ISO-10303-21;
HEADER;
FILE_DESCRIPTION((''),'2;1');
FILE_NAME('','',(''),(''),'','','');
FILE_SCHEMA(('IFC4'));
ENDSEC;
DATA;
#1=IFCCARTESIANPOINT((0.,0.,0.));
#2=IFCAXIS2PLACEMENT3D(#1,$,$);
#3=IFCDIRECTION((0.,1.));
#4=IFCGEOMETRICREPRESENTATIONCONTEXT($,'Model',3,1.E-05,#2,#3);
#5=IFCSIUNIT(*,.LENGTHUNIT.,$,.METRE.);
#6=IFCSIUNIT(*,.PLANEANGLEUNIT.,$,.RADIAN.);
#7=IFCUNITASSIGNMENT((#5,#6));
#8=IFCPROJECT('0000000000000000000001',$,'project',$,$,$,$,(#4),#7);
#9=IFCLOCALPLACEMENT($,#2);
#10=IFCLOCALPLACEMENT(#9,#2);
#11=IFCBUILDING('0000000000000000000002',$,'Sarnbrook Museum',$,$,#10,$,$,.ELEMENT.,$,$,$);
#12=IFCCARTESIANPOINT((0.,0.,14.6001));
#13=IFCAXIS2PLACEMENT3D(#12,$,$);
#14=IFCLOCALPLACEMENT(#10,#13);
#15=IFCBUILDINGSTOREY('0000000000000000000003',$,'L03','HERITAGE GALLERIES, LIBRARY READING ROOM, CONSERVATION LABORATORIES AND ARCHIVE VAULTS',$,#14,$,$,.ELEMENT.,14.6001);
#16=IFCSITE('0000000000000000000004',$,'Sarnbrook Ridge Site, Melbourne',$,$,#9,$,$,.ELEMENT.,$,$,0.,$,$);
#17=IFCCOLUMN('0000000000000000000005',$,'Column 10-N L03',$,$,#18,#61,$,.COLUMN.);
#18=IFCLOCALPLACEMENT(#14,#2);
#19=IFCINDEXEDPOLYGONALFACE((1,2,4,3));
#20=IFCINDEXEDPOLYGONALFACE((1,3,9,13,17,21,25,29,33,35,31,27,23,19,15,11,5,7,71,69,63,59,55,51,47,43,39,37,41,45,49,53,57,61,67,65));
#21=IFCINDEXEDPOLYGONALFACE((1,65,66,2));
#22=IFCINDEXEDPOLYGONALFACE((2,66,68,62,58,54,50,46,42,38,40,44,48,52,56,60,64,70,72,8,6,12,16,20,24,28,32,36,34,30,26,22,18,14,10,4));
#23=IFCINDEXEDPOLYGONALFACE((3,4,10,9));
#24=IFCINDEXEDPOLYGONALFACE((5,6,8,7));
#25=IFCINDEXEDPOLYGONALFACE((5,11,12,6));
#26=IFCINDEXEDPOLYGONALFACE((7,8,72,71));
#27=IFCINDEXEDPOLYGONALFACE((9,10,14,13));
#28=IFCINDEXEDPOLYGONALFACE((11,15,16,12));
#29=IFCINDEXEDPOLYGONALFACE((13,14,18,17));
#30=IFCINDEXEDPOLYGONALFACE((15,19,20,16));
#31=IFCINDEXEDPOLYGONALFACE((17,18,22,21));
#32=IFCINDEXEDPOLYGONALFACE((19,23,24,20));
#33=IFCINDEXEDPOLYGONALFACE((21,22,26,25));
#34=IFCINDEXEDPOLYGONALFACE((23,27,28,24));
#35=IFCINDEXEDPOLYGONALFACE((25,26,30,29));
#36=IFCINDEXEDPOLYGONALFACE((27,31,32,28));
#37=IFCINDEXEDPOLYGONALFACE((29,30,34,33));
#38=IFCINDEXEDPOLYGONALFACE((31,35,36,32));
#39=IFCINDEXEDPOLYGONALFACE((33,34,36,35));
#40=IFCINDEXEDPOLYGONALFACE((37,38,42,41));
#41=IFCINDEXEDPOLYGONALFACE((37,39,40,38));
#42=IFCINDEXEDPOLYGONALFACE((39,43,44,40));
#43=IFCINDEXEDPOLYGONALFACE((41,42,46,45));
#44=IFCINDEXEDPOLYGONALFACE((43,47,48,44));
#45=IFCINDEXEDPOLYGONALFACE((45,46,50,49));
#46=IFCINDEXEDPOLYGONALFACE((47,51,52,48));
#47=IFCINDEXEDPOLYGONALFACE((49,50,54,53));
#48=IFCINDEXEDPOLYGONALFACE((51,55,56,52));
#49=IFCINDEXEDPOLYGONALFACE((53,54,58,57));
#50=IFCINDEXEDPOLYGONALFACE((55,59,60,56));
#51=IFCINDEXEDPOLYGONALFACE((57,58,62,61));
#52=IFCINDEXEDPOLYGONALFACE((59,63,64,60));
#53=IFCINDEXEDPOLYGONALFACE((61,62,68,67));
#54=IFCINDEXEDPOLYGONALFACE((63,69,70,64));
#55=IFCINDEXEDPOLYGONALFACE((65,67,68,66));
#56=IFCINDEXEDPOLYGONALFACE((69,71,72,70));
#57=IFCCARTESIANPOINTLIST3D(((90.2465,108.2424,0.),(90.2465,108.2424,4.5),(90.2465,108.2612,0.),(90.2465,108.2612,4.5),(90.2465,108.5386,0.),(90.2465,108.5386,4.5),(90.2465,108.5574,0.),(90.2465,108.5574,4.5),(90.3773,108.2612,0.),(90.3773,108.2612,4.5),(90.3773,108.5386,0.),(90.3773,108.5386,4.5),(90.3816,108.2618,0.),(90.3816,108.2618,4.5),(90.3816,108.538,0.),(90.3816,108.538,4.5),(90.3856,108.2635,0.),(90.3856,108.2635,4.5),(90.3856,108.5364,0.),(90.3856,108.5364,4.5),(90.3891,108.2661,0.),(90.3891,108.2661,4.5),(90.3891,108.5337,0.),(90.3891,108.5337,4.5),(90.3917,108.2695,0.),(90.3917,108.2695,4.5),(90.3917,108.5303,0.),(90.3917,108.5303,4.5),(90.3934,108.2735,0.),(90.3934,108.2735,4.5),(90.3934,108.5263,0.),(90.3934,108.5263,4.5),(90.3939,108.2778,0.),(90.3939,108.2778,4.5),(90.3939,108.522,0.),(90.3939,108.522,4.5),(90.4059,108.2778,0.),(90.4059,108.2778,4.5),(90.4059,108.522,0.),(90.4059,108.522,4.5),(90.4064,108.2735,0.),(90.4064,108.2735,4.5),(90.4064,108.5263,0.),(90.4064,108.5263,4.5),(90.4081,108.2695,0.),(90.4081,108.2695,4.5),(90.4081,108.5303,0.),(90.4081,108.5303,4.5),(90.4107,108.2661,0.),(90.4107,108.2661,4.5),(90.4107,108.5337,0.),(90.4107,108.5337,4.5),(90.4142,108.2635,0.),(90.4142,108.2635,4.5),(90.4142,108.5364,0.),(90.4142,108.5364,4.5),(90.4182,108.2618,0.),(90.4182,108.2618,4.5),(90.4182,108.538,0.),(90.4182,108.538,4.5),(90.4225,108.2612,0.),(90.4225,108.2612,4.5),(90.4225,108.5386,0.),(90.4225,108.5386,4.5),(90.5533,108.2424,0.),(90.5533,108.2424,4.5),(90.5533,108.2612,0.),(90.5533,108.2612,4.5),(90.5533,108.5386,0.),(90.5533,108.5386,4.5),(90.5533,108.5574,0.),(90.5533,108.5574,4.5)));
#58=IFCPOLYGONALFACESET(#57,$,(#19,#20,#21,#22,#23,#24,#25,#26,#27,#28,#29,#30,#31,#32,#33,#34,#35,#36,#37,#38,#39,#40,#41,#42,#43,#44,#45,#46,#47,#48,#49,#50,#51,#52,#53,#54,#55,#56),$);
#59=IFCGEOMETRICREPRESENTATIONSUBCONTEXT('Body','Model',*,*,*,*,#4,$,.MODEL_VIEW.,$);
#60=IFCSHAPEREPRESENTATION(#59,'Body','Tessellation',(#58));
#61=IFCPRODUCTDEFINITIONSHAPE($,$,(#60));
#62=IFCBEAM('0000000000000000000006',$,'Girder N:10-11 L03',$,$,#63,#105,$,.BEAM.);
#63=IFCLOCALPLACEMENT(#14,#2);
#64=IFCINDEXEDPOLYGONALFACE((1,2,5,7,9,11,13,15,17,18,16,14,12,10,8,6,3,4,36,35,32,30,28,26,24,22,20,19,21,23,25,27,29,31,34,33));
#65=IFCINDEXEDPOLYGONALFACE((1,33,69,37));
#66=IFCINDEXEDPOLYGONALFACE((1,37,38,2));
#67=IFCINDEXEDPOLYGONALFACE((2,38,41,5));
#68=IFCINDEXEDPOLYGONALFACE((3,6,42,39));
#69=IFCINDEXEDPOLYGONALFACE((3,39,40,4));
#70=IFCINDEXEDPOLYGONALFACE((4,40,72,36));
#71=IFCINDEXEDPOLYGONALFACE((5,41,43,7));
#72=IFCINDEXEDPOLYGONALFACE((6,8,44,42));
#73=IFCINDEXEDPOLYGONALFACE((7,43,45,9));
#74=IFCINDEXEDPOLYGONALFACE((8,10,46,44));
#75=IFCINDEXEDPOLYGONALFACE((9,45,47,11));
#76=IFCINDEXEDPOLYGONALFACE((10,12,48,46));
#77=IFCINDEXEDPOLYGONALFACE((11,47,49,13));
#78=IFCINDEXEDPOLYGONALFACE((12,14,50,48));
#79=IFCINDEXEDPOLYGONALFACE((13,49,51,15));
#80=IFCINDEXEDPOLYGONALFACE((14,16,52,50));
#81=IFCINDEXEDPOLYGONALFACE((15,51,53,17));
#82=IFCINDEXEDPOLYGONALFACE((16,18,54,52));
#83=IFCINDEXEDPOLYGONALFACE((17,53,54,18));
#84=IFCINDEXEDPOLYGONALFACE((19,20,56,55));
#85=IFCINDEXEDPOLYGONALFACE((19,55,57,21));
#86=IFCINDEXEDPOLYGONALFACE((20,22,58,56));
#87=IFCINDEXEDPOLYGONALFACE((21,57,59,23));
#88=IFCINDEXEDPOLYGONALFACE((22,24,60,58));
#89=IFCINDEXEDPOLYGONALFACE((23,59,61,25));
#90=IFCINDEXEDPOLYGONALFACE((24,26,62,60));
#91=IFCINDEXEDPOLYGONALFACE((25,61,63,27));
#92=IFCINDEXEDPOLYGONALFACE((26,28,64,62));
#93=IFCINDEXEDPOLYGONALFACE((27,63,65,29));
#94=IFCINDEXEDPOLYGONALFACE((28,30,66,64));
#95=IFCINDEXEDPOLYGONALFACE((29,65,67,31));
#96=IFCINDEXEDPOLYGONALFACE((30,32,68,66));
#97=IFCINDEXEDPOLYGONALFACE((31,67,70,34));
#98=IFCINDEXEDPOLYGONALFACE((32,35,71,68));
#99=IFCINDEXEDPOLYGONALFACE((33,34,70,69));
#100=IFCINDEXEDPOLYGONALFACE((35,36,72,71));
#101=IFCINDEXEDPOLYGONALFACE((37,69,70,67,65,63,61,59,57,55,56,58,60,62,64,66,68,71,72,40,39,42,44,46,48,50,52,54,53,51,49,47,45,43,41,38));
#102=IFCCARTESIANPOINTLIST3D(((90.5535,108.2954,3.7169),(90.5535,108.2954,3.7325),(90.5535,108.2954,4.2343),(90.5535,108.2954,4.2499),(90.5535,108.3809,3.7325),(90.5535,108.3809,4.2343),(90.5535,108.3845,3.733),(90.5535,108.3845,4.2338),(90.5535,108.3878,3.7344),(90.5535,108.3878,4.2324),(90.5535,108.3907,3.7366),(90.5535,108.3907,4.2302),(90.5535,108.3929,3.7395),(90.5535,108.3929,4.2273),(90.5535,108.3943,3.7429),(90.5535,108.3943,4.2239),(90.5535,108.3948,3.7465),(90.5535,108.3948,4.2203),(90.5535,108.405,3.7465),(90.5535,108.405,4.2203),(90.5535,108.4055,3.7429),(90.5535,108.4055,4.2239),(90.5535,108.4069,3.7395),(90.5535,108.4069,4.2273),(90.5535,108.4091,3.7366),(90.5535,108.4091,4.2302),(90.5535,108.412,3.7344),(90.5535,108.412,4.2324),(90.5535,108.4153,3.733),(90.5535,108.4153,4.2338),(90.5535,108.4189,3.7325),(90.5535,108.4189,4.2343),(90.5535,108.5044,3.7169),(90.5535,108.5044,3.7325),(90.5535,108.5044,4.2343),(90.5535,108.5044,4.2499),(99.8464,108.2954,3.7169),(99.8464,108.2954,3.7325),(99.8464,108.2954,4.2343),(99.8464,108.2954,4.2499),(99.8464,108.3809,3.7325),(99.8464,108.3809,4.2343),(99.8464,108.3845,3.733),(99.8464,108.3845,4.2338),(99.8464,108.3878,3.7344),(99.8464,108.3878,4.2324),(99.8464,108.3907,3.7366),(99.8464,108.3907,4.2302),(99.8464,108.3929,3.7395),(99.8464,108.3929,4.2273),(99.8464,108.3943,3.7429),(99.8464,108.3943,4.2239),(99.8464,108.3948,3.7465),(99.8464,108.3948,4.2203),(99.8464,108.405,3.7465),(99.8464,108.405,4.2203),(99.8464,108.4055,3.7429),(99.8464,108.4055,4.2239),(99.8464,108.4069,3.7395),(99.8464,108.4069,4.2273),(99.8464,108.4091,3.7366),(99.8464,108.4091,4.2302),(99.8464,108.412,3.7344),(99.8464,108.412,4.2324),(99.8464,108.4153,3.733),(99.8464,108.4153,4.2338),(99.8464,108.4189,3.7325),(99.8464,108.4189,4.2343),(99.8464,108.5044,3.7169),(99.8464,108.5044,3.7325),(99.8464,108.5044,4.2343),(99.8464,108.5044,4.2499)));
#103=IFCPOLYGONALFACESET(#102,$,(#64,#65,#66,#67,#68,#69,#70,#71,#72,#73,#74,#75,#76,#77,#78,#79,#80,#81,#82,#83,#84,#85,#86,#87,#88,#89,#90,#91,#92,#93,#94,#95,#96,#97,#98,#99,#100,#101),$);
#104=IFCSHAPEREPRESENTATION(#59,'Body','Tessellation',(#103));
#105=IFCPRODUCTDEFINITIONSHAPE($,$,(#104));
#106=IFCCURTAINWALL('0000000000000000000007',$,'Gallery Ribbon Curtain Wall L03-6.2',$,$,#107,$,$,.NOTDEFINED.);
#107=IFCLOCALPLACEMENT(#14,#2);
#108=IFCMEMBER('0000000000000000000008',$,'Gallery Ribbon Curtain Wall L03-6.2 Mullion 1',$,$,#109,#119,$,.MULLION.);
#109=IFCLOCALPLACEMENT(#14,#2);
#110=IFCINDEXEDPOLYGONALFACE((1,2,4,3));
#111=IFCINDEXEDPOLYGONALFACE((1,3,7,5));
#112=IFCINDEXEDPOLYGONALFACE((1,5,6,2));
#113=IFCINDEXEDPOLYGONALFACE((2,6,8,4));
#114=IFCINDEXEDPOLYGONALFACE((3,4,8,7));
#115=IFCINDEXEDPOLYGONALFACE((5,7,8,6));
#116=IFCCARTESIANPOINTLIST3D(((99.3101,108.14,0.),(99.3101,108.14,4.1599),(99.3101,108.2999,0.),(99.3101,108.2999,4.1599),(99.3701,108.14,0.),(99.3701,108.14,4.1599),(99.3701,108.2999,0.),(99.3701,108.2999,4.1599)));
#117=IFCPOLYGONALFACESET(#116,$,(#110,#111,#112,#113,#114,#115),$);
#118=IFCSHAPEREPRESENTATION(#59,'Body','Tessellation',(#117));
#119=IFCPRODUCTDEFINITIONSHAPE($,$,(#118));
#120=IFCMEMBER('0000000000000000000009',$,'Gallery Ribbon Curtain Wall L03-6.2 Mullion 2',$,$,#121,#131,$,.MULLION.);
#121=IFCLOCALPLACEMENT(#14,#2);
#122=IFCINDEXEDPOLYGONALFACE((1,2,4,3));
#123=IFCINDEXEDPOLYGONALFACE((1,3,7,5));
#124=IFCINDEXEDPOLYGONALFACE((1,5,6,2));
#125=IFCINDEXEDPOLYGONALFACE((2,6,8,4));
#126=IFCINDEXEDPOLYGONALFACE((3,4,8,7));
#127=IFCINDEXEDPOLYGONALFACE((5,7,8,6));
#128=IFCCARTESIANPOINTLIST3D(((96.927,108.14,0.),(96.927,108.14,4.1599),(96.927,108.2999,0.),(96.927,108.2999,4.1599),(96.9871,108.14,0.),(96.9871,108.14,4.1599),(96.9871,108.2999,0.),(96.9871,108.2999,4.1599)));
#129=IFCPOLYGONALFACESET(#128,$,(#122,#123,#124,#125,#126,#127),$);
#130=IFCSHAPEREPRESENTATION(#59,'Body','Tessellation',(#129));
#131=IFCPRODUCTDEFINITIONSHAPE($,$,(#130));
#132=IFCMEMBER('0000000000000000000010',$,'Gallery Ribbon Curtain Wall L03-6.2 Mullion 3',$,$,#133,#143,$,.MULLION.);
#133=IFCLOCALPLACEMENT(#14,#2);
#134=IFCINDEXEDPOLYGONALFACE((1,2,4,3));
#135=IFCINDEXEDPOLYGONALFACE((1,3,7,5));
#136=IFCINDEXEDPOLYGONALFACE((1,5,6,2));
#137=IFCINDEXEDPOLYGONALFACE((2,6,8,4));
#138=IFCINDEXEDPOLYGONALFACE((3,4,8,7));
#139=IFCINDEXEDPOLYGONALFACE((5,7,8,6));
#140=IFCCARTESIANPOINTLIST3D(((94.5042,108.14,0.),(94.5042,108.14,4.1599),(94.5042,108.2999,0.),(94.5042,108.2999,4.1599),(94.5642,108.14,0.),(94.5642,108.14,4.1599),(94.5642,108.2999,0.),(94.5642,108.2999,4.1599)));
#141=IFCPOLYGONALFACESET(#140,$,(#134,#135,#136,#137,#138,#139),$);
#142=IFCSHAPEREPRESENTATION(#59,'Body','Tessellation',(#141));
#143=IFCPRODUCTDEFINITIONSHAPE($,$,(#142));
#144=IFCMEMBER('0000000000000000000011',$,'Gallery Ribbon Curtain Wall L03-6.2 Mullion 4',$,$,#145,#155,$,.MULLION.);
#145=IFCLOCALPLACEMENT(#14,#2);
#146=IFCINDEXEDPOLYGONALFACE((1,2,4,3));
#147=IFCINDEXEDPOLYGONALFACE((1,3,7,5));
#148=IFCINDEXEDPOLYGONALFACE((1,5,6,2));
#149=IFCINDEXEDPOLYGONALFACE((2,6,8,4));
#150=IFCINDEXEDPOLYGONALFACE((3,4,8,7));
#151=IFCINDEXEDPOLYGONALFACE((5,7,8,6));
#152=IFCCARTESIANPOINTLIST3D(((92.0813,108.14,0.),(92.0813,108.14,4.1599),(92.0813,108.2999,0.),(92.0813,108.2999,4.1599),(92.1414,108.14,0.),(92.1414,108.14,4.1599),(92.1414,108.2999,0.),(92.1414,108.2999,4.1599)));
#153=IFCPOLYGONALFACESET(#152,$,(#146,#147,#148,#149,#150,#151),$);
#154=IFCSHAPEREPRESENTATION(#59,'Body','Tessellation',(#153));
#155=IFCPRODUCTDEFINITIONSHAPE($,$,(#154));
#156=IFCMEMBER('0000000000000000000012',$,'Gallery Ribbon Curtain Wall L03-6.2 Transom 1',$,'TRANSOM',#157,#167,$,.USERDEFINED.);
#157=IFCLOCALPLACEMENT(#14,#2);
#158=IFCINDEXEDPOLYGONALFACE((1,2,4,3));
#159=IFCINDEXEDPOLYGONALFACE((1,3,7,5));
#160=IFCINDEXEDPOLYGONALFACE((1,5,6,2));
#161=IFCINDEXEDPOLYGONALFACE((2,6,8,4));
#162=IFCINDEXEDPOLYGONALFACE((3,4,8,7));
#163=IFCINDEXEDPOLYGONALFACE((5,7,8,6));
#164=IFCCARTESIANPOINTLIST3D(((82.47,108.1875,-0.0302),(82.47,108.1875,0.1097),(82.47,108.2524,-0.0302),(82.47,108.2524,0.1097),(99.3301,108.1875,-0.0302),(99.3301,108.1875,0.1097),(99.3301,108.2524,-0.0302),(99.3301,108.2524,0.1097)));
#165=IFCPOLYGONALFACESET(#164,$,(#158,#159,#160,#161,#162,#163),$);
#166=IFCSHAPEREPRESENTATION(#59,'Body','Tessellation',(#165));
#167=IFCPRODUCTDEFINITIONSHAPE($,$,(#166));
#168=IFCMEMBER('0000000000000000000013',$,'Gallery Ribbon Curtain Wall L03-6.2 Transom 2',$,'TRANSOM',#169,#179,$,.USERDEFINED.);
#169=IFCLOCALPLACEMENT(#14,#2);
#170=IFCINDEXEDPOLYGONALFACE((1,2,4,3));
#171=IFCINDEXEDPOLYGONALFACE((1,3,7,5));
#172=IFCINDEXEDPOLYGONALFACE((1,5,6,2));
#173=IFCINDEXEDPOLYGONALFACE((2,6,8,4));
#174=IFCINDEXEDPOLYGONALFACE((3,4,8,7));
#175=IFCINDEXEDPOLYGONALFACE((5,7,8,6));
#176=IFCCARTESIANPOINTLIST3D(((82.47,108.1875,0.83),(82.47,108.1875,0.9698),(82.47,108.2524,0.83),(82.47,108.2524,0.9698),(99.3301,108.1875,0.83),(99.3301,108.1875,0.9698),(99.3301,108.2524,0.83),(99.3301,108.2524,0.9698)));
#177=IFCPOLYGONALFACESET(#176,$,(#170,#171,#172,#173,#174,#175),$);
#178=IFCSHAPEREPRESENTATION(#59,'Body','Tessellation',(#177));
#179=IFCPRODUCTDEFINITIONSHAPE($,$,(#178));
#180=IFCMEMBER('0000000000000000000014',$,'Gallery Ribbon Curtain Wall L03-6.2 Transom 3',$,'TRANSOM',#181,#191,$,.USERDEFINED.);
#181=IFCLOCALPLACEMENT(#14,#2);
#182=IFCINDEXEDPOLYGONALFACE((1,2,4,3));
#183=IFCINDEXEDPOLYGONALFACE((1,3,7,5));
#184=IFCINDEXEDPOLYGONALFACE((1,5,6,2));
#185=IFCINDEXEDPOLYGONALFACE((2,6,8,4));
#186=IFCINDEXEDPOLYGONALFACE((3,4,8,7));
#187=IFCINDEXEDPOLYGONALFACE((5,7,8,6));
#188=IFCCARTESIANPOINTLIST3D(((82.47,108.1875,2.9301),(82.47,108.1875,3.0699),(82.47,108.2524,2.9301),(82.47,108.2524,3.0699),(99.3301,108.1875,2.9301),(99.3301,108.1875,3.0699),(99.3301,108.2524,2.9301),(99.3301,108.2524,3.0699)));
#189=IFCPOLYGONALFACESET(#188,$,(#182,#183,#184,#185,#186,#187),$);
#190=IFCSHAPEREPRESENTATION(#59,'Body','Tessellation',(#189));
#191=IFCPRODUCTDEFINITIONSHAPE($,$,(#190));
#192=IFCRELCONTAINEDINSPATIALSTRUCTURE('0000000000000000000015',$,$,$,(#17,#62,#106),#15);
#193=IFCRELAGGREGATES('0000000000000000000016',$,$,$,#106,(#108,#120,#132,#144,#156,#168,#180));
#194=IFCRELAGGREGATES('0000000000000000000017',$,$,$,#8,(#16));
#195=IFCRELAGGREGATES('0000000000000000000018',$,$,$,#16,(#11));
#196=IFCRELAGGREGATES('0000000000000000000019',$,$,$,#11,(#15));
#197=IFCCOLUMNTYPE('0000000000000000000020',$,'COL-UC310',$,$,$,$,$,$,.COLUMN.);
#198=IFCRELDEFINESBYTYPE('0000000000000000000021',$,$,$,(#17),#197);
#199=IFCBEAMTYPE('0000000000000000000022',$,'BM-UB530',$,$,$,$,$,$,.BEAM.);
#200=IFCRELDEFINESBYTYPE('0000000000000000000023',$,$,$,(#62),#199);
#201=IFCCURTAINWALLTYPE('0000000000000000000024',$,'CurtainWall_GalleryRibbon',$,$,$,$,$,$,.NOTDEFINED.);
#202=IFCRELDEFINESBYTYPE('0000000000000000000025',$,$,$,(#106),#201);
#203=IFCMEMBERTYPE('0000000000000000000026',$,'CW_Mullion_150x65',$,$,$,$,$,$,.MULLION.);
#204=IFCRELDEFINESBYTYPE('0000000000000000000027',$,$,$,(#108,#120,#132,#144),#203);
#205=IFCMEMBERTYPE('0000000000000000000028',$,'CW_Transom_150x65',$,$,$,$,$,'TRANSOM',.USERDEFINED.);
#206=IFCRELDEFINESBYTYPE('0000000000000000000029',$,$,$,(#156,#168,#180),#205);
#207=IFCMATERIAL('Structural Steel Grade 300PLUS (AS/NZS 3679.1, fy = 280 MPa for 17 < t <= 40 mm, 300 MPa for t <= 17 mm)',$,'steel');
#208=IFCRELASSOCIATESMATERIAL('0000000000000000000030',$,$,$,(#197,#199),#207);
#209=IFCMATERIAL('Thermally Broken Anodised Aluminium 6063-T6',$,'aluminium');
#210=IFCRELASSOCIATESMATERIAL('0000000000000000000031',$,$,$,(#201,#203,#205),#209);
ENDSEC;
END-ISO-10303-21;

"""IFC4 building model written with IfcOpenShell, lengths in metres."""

from ifc_helpers import new_model, si_unit, direction, frame, origin, origin_2d, place, context, subcontext, project, spatial, rectangle, i_section, extrude, material, material_profile, profile_set, type_object, element, aggregate, save


model = new_model("IFC4")

# Units and contexts
model_context = context("Model", 3, precision=1e-05, world=origin(), true_north=direction((0.0, 1.0)))
body_context = subcontext(model_context, "Body", "Model", "MODEL_VIEW")
ifc_project = project(units=[si_unit("LENGTHUNIT", "METRE"), si_unit("PLANEANGLEUNIT", "RADIAN")], contexts=[model_context])

# Site, building, storey
site_placement = place(None, origin())
site = spatial("IfcSite", under=ifc_project, at=site_placement, Name="Sarnbrook Ridge Site, Melbourne", CompositionType="ELEMENT", RefElevation=0.0)
building_placement = place(site_placement, origin())
building = spatial("IfcBuilding", under=site, at=building_placement, Name="Sarnbrook Museum", CompositionType="ELEMENT")
storey_placement = place(building_placement, frame((0.0, 0.0, 14.6001)))
storey = spatial("IfcBuildingStorey", under=building, at=storey_placement, Name="L03", Description="HERITAGE GALLERIES, LIBRARY READING ROOM, CONSERVATION LABORATORIES AND ARCHIVE VAULTS", CompositionType="ELEMENT", Elevation=14.6001)

# Column
ifc_material_1 = material(Name="Structural Steel Grade 300PLUS (AS/NZS 3679.1, fy = 280 MPa for 17 < t <= 40 mm, 300 MPa for t <= 17 mm)", Category="steel")
ifc_material_profile_1 = material_profile(ifc_material_1, i_section(OverallWidth=0.3069, OverallDepth=0.3149, WebThickness=0.012, FlangeThickness=0.0188, FilletRadius=0.0166, at=origin_2d()), Name="310UC118")
ifc_profile_set_1 = profile_set([ifc_material_profile_1], Name="Structural Steel Grade 300PLUS (AS/NZS 3679.1, fy = 280 MPa for 17 < t <= 40 mm, 300 MPa for t <= 17 mm)")
column_type = type_object("IfcColumnType", Name="COL-UC310", PredefinedType="COLUMN", material=ifc_profile_set_1)
column_placement = place(storey_placement, frame((90.3999, 108.3999, 0.0), z_axis=(0.0, 0.0, 1.0), x_axis=(1.0, 0.0, 0.0)))
element("IfcColumn", 1, at=column_placement, inside=storey, type_object=column_type, Name="Column 10-N L03", PredefinedType="COLUMN", context=body_context, shape_type="SweptSolid", body=[
    extrude(i_section(OverallWidth=0.3069, OverallDepth=0.3149, WebThickness=0.012, FlangeThickness=0.0188, FilletRadius=0.0166, at=origin_2d()), origin(), (0.0, 0.0, 1.0), 4.5),
])

# Beam
ifc_material_profile_2 = material_profile(ifc_material_1, i_section(OverallWidth=0.209, OverallDepth=0.533, WebThickness=0.0103, FlangeThickness=0.0156, FilletRadius=0.0139, at=origin_2d()), Name="530UB92.4")
ifc_profile_set_2 = profile_set([ifc_material_profile_2], Name="Structural Steel Grade 300PLUS (AS/NZS 3679.1, fy = 280 MPa for 17 < t <= 40 mm, 300 MPa for t <= 17 mm)")
beam_type = type_object("IfcBeamType", Name="BM-UB530", PredefinedType="BEAM", material=ifc_profile_set_2)
beam_placement = place(storey_placement, frame((90.5535, 108.3999, 3.9834), z_axis=(1.0, 0.0, 0.0), x_axis=(0.0, 1.0, 0.0)))
element("IfcBeam", 2, at=beam_placement, inside=storey, type_object=beam_type, Name="Girder N:10-11 L03", PredefinedType="BEAM", context=body_context, shape_type="SweptSolid", body=[
    extrude(i_section(OverallWidth=0.209, OverallDepth=0.533, WebThickness=0.0103, FlangeThickness=0.0156, FilletRadius=0.0139, at=origin_2d()), origin(), (0.0, 0.0, 1.0), 9.293),
])

# Curtain wall, members
ifc_material_2 = material(Name="Thermally Broken Anodised Aluminium 6063-T6", Category="aluminium")
curtain_wall_type = type_object("IfcCurtainWallType", Name="CurtainWall_GalleryRibbon", PredefinedType="NOTDEFINED", material=ifc_material_2)
curtain_wall_placement = place(storey_placement, origin())
curtain_wall = element("IfcCurtainWall", 3, at=curtain_wall_placement, inside=storey, type_object=curtain_wall_type, Name="Gallery Ribbon Curtain Wall L03-6.2", PredefinedType="NOTDEFINED")
ifc_material_profile_3 = material_profile(ifc_material_2, rectangle(XDim=0.0601, YDim=0.1599, at=origin_2d()), Name="ALU MULLION 60x160")
ifc_profile_set_3 = profile_set([ifc_material_profile_3], Name="Thermally Broken Anodised Aluminium 6063-T6")
member_type_1 = type_object("IfcMemberType", Name="CW_Mullion_150x65", PredefinedType="MULLION", material=ifc_profile_set_3)
member_1_placement = place(storey_placement, frame((99.3401, 108.22, 0.0), z_axis=(0.0, 0.0, 1.0), x_axis=(1.0, 0.0, 0.0)))
member_1 = element("IfcMember", 4, at=member_1_placement, type_object=member_type_1, Name="Gallery Ribbon Curtain Wall L03-6.2 Mullion 1", PredefinedType="MULLION", context=body_context, shape_type="SweptSolid", body=[
    extrude(rectangle(XDim=0.0601, YDim=0.1599, at=origin_2d()), origin(), (0.0, 0.0, 1.0), 4.1599),
])
member_2_placement = place(storey_placement, frame((96.957, 108.22, 0.0), z_axis=(0.0, 0.0, 1.0), x_axis=(1.0, 0.0, 0.0)))
member_2 = element("IfcMember", 5, at=member_2_placement, type_object=member_type_1, Name="Gallery Ribbon Curtain Wall L03-6.2 Mullion 2", PredefinedType="MULLION", context=body_context, shape_type="SweptSolid", body=[
    extrude(rectangle(XDim=0.0601, YDim=0.1599, at=origin_2d()), origin(), (0.0, 0.0, 1.0), 4.1599),
])
member_3_placement = place(storey_placement, frame((94.5342, 108.22, 0.0), z_axis=(0.0, 0.0, 1.0), x_axis=(1.0, 0.0, 0.0)))
member_3 = element("IfcMember", 6, at=member_3_placement, type_object=member_type_1, Name="Gallery Ribbon Curtain Wall L03-6.2 Mullion 3", PredefinedType="MULLION", context=body_context, shape_type="SweptSolid", body=[
    extrude(rectangle(XDim=0.0601, YDim=0.1599, at=origin_2d()), origin(), (0.0, 0.0, 1.0), 4.1599),
])
member_4_placement = place(storey_placement, frame((92.1113, 108.22, 0.0), z_axis=(0.0, 0.0, 1.0), x_axis=(1.0, 0.0, 0.0)))
member_4 = element("IfcMember", 7, at=member_4_placement, type_object=member_type_1, Name="Gallery Ribbon Curtain Wall L03-6.2 Mullion 4", PredefinedType="MULLION", context=body_context, shape_type="SweptSolid", body=[
    extrude(rectangle(XDim=0.0601, YDim=0.1599, at=origin_2d()), origin(), (0.0, 0.0, 1.0), 4.1599),
])
ifc_material_profile_4 = material_profile(ifc_material_2, rectangle(XDim=0.0649, YDim=0.1399, at=origin_2d()), Name="ALU TRANSOM 65x140")
ifc_profile_set_4 = profile_set([ifc_material_profile_4], Name="Thermally Broken Anodised Aluminium 6063-T6")
member_type_2 = type_object("IfcMemberType", Name="CW_Transom_150x65", ElementType="TRANSOM", PredefinedType="USERDEFINED", material=ifc_profile_set_4)
member_5_placement = place(storey_placement, frame((99.3301, 108.22, 0.0398), z_axis=(-1.0, 0.0, 0.0), x_axis=(0.0, -1.0, 0.0)))
member_5 = element("IfcMember", 8, at=member_5_placement, type_object=member_type_2, Name="Gallery Ribbon Curtain Wall L03-6.2 Transom 1", ObjectType="TRANSOM", PredefinedType="USERDEFINED", context=body_context, shape_type="SweptSolid", body=[
    extrude(rectangle(XDim=0.0649, YDim=0.1399, at=origin_2d()), origin(), (0.0, 0.0, 1.0), 16.8601),
])
member_6_placement = place(storey_placement, frame((99.3301, 108.22, 0.8999), z_axis=(-1.0, 0.0, 0.0), x_axis=(0.0, -1.0, 0.0)))
member_6 = element("IfcMember", 9, at=member_6_placement, type_object=member_type_2, Name="Gallery Ribbon Curtain Wall L03-6.2 Transom 2", ObjectType="TRANSOM", PredefinedType="USERDEFINED", context=body_context, shape_type="SweptSolid", body=[
    extrude(rectangle(XDim=0.0649, YDim=0.1399, at=origin_2d()), origin(), (0.0, 0.0, 1.0), 16.8601),
])
member_7_placement = place(storey_placement, frame((99.3301, 108.22, 3.0), z_axis=(-1.0, 0.0, 0.0), x_axis=(0.0, -1.0, 0.0)))
member_7 = element("IfcMember", 10, at=member_7_placement, type_object=member_type_2, Name="Gallery Ribbon Curtain Wall L03-6.2 Transom 3", ObjectType="TRANSOM", PredefinedType="USERDEFINED", context=body_context, shape_type="SweptSolid", body=[
    extrude(rectangle(XDim=0.0649, YDim=0.1399, at=origin_2d()), origin(), (0.0, 0.0, 1.0), 16.8601),
])
aggregate(curtain_wall, [member_1, member_2, member_3, member_4, member_5, member_6, member_7])

save(model, "model.ifc")
